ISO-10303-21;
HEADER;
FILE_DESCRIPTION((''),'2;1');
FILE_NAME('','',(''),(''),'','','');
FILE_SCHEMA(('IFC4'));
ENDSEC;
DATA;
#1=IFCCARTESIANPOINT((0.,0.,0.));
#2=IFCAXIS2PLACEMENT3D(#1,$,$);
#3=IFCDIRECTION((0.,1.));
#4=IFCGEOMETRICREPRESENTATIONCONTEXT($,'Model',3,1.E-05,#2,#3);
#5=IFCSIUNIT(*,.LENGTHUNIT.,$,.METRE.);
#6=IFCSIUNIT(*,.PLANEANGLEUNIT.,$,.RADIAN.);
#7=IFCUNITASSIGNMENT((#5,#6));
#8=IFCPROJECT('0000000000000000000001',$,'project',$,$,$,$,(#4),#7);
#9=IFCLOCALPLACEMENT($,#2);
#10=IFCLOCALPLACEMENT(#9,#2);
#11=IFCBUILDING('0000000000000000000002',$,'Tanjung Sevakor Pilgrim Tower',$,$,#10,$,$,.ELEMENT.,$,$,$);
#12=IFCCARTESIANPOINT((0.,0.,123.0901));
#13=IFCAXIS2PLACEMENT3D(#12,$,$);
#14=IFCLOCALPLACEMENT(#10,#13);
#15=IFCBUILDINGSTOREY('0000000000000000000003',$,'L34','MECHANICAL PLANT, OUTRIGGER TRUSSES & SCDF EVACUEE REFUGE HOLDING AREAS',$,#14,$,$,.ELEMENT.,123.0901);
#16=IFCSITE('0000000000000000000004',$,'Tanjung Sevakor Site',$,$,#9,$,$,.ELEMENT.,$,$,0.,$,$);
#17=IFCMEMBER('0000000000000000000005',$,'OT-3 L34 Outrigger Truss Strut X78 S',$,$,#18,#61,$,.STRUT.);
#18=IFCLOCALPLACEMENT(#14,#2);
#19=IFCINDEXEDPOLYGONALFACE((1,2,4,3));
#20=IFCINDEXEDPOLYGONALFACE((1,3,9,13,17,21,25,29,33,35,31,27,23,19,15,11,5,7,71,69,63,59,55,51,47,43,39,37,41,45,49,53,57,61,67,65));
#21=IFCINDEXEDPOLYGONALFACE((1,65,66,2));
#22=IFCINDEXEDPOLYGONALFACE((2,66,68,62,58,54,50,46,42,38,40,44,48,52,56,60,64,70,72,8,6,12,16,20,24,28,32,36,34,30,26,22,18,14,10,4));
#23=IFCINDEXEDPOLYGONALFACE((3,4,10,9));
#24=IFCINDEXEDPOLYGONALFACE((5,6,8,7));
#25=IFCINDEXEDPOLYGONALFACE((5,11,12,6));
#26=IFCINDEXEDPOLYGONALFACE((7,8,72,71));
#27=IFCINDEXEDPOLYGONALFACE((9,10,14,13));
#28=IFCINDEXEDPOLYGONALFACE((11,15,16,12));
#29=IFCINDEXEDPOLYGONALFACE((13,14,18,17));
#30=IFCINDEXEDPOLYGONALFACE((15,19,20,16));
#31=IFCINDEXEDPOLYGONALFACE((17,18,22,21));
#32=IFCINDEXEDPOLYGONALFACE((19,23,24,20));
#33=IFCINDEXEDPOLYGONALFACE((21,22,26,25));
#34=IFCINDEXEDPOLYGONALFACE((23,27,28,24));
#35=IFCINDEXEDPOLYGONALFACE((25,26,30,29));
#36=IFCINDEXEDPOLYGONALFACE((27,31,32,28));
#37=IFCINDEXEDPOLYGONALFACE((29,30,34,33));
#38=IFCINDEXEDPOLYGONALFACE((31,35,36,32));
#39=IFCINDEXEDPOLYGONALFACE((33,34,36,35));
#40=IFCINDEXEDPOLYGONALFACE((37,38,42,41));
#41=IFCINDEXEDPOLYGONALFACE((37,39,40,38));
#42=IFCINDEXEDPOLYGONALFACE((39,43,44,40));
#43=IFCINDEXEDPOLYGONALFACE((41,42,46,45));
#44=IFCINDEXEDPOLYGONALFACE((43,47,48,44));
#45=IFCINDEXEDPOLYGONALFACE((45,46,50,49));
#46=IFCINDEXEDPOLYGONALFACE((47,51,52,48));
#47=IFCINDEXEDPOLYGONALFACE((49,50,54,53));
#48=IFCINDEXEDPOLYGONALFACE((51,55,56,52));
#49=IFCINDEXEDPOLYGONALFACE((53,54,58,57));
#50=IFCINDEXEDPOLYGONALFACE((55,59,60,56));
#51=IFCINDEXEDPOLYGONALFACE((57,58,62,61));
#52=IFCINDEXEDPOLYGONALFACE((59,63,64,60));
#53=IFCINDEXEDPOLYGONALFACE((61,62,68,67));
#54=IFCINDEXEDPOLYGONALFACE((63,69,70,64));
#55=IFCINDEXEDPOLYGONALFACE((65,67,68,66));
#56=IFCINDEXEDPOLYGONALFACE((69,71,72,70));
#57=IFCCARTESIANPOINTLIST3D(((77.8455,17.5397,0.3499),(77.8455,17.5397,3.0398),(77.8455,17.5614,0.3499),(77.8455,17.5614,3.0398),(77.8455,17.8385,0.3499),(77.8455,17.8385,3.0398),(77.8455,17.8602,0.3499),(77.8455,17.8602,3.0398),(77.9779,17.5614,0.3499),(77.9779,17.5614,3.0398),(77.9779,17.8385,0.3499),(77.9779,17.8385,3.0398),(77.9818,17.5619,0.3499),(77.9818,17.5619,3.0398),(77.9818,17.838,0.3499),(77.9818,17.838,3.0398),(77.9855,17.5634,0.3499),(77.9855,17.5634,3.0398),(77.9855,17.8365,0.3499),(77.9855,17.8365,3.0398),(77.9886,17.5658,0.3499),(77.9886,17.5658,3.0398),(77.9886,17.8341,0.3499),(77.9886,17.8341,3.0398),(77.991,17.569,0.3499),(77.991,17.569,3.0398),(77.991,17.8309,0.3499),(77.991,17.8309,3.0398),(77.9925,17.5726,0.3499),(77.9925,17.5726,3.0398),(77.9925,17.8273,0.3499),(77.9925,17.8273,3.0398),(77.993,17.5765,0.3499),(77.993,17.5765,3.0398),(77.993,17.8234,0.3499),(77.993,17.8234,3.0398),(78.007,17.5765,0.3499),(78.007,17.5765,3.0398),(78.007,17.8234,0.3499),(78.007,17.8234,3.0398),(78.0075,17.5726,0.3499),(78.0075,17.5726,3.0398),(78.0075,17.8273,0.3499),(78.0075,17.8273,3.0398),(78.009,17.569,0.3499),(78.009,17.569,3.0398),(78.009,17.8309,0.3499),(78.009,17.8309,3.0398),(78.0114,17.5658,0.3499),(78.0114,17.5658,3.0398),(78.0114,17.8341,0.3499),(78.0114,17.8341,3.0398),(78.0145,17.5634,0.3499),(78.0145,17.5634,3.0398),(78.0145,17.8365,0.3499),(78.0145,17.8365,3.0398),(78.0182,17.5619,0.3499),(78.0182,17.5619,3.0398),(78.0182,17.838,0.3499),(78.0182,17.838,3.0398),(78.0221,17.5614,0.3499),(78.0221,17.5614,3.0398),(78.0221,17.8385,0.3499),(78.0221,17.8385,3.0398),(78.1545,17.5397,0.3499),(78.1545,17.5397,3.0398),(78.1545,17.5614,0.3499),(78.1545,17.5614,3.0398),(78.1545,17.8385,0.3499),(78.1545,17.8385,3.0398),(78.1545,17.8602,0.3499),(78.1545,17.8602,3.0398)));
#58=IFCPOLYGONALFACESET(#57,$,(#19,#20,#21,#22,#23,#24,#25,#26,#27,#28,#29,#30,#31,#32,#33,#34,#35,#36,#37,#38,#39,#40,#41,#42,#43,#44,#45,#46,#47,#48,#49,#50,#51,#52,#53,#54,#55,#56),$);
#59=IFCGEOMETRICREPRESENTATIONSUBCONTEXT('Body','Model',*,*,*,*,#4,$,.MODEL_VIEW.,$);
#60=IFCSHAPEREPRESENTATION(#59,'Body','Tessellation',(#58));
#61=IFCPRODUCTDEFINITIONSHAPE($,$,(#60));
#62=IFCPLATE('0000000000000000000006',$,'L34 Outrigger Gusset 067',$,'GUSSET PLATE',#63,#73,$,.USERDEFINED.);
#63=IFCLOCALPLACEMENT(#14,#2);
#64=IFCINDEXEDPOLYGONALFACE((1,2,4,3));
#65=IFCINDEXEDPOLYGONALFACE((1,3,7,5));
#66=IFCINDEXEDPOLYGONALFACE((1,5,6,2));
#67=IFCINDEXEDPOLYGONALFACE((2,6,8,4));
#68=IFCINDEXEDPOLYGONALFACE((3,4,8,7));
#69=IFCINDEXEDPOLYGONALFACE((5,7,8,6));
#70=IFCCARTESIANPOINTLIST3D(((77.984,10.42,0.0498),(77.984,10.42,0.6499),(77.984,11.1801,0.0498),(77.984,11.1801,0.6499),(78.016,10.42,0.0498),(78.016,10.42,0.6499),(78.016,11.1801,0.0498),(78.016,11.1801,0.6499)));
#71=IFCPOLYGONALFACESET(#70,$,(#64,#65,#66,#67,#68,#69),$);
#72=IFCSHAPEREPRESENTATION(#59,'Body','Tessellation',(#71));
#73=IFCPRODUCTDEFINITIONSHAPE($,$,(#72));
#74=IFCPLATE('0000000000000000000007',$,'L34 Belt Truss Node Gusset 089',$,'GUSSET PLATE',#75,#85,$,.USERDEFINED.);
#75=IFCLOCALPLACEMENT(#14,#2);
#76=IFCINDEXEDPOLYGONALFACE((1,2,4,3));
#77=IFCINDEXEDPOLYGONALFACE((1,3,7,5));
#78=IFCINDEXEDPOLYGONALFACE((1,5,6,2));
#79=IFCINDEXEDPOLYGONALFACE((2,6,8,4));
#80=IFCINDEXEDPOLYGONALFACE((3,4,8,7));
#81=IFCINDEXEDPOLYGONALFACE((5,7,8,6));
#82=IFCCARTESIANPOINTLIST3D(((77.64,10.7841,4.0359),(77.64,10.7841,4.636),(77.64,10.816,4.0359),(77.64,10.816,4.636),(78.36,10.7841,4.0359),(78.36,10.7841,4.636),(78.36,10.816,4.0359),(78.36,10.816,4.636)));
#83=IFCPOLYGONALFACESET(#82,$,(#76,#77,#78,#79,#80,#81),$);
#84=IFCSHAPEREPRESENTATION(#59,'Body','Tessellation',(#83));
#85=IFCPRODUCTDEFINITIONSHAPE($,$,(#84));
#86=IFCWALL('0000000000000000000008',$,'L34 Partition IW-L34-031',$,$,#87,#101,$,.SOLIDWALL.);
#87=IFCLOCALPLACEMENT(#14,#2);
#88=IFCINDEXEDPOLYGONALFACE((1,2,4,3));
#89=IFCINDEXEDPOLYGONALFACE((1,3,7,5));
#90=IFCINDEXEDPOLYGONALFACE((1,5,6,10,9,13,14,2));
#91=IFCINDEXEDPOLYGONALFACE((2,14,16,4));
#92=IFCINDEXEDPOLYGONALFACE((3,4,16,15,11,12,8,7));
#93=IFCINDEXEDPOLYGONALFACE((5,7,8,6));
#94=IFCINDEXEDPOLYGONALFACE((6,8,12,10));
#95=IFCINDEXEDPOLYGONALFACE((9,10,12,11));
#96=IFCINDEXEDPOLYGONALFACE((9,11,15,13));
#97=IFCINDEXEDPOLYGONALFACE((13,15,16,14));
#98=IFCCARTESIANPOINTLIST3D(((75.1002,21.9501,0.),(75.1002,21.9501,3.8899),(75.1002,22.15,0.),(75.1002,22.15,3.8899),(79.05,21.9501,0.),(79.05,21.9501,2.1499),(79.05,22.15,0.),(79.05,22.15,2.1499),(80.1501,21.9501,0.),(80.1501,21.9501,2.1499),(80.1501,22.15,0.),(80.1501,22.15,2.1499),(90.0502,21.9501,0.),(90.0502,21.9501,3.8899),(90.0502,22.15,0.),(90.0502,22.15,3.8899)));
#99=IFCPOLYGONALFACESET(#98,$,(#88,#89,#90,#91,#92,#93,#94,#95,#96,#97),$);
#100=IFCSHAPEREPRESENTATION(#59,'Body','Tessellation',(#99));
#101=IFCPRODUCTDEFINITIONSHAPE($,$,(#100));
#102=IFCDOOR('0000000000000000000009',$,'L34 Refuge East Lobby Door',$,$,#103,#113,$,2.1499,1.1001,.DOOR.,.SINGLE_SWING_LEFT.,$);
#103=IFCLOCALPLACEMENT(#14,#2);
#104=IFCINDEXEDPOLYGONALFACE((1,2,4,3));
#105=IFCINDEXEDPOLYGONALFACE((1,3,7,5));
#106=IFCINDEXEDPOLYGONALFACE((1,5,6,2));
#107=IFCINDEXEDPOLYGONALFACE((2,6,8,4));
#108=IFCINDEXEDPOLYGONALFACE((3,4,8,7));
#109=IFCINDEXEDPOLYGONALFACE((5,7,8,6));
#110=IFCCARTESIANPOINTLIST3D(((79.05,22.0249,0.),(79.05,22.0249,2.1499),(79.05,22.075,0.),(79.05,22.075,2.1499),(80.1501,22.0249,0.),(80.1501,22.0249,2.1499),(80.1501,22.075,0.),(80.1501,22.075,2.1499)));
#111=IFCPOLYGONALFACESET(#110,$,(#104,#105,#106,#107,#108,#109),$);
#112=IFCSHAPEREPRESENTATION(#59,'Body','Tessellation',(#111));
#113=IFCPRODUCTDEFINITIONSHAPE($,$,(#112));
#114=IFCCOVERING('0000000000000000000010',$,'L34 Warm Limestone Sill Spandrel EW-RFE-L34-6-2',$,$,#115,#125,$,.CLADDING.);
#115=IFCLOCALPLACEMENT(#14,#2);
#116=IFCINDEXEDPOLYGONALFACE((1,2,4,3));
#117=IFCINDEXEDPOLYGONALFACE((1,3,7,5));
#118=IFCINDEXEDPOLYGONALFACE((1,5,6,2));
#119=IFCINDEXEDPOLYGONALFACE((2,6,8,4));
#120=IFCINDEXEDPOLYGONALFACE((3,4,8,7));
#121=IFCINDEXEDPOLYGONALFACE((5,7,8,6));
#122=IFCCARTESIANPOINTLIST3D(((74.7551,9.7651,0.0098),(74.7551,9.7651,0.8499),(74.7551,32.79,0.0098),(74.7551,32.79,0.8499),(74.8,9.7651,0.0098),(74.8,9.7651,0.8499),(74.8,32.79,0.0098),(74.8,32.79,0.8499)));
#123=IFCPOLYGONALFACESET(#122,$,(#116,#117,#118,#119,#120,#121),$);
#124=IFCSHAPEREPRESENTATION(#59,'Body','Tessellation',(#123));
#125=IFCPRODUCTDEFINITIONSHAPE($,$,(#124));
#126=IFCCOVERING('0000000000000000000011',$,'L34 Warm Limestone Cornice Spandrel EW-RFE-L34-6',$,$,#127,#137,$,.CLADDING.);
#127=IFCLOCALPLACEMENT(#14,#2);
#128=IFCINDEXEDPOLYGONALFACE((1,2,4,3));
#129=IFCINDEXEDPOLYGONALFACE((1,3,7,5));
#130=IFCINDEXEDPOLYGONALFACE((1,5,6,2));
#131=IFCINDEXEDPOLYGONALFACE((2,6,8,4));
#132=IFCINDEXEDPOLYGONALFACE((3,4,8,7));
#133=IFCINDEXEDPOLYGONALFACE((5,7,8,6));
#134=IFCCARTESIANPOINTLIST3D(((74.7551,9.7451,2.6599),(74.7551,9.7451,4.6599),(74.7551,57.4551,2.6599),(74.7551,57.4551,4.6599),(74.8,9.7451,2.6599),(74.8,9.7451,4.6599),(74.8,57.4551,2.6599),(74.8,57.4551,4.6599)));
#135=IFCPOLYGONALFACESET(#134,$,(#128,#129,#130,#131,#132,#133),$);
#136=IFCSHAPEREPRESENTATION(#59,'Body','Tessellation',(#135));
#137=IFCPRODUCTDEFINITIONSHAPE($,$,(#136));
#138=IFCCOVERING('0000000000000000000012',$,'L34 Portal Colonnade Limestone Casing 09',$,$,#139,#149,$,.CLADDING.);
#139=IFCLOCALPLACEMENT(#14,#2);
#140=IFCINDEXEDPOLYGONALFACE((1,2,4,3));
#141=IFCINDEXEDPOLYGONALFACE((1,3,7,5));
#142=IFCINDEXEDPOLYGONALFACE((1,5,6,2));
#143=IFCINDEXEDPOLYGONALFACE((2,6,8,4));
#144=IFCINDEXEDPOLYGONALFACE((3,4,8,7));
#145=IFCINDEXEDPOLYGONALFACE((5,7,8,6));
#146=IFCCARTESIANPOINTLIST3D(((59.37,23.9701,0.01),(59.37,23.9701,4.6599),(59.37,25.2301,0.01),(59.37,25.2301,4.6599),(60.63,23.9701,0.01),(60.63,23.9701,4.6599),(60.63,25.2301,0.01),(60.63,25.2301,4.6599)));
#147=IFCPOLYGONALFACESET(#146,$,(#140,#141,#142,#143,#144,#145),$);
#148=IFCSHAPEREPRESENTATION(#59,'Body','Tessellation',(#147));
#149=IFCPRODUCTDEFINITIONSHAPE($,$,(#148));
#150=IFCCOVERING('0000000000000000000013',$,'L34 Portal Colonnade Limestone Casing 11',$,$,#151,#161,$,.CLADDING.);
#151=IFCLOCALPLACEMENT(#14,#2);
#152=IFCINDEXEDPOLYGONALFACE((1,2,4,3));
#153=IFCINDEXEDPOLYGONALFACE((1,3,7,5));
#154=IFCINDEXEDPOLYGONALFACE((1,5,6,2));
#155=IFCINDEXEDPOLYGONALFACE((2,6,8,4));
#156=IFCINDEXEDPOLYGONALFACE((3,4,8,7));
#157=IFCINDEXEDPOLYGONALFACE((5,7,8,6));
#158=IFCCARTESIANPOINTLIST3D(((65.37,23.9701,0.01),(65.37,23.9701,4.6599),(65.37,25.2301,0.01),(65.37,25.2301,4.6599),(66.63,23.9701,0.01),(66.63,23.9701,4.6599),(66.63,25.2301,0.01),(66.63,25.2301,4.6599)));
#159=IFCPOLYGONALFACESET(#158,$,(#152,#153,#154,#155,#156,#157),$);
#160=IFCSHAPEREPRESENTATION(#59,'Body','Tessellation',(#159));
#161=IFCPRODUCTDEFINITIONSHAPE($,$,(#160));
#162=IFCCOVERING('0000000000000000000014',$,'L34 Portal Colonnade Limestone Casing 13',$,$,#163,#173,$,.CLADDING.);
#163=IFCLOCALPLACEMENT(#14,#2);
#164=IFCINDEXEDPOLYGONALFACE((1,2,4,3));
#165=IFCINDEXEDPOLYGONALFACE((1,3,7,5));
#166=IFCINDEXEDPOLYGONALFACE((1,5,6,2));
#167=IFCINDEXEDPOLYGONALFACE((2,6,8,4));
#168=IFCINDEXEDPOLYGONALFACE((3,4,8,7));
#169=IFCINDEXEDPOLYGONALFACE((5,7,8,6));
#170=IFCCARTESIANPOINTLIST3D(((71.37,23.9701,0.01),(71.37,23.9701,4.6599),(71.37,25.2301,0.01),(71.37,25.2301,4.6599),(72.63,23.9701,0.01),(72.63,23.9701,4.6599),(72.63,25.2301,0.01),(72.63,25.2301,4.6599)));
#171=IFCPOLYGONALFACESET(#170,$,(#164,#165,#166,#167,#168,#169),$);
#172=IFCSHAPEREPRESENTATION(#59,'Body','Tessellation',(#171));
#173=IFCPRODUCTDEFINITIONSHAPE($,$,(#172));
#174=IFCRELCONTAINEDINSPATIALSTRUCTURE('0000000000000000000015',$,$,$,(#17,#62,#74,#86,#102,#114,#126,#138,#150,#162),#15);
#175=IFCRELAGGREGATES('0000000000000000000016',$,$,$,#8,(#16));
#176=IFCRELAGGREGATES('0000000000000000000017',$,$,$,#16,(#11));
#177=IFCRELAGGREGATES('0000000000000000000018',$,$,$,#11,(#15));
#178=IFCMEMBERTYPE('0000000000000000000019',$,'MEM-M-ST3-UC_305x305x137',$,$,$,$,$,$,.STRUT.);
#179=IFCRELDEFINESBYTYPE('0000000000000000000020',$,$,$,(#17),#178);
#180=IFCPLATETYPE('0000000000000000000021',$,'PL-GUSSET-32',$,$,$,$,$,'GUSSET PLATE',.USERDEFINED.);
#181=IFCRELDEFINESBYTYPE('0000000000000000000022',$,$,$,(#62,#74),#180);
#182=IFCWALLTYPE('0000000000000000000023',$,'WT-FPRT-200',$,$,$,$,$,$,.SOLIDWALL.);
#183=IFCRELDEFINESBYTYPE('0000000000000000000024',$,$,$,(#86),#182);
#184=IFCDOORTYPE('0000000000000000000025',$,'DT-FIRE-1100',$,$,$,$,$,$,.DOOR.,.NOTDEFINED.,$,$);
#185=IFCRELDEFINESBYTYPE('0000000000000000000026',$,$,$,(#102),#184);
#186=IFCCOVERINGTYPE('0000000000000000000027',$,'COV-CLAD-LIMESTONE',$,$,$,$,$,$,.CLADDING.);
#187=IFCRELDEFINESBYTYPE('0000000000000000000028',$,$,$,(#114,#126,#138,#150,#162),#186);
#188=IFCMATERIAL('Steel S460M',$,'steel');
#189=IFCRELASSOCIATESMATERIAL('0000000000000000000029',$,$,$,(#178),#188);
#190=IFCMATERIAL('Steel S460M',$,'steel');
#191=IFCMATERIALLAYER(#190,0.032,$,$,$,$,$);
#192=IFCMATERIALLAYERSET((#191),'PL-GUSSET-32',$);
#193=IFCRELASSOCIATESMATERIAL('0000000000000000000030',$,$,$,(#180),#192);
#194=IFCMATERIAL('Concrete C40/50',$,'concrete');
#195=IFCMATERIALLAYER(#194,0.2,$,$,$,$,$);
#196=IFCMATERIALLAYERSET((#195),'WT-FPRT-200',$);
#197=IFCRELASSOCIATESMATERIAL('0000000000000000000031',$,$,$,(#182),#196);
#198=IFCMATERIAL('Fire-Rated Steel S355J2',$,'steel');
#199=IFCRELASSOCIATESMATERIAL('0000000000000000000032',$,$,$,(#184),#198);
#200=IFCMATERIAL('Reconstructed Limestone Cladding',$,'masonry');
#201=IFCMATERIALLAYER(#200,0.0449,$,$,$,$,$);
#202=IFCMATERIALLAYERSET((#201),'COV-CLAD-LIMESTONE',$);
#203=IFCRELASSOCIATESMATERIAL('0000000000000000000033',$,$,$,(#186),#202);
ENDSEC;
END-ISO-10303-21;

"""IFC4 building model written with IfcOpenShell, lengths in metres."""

from ifc_helpers import new_model, si_unit, direction, frame, frame_2d, origin, origin_2d, place, context, subcontext, project, spatial, rectangle, i_section, extrude, material, layer, layer_set, material_profile, profile_set, type_object, element, fill, save


model = new_model("IFC4")

# Units and contexts
model_context = context("Model", 3, precision=1e-05, world=origin(), true_north=direction((0.0, 1.0)))
body_context = subcontext(model_context, "Body", "Model", "MODEL_VIEW")
ifc_project = project(units=[si_unit("LENGTHUNIT", "METRE"), si_unit("PLANEANGLEUNIT", "RADIAN")], contexts=[model_context])

# Site, building, storey
site_placement = place(None, origin())
site = spatial("IfcSite", under=ifc_project, at=site_placement, Name="Tanjung Sevakor Site", CompositionType="ELEMENT", RefElevation=0.0)
building_placement = place(site_placement, origin())
building = spatial("IfcBuilding", under=site, at=building_placement, Name="Tanjung Sevakor Pilgrim Tower", CompositionType="ELEMENT")
storey_placement = place(building_placement, frame((0.0, 0.0, 123.0901)))
storey = spatial("IfcBuildingStorey", under=building, at=storey_placement, Name="L34", Description="MECHANICAL PLANT, OUTRIGGER TRUSSES & SCDF EVACUEE REFUGE HOLDING AREAS", CompositionType="ELEMENT", Elevation=123.0901)

# Member
ifc_material_1 = material(Name="Steel S460M", Category="steel")
ifc_material_profile_1 = material_profile(ifc_material_1, i_section(OverallWidth=0.3091, OverallDepth=0.3206, WebThickness=0.0139, FlangeThickness=0.0217, FilletRadius=0.0151, at=origin_2d()))
ifc_profile_set_1 = profile_set([ifc_material_profile_1], Name="Steel S460M")
member_type_1 = type_object("IfcMemberType", Name="MEM-M-ST3-UC_305x305x137", PredefinedType="STRUT", material=ifc_profile_set_1)
member_1_placement = place(storey_placement, frame((78.0, 17.7, 0.3499), z_axis=(0.0, 0.0, 1.0), x_axis=(1.0, 0.0, 0.0)))
element("IfcMember", 1, at=member_1_placement, inside=storey, type_object=member_type_1, Name="OT-3 L34 Outrigger Truss Strut X78 S", PredefinedType="STRUT", context=body_context, shape_type="SweptSolid", body=[
    extrude(i_section(OverallWidth=0.3091, OverallDepth=0.3206, WebThickness=0.0139, FlangeThickness=0.0217, FilletRadius=0.0151, at=origin_2d()), origin(), (0.0, 0.0, 1.0), 2.6899),
])

# Plates
ifc_material_2 = material(Name="Steel S460M", Category="steel")
ifc_layer_1 = layer(ifc_material_2, 0.032)
ifc_layer_set_1 = layer_set([ifc_layer_1], Name="PL-GUSSET-32")
plate_type = type_object("IfcPlateType", Name="PL-GUSSET-32", ElementType="GUSSET PLATE", PredefinedType="USERDEFINED", material=ifc_layer_set_1)
plate_1_placement = place(storey_placement, frame((78.0, 10.8, 0.0498), z_axis=(0.0, 0.0, 1.0), x_axis=(1.0, 0.0, 0.0)))
element("IfcPlate", 2, at=plate_1_placement, inside=storey, type_object=plate_type, Name="L34 Outrigger Gusset 067", ObjectType="GUSSET PLATE", PredefinedType="USERDEFINED", context=body_context, shape_type="SweptSolid", body=[
    extrude(rectangle(XDim=0.032, YDim=0.76, at=origin_2d()), origin(), (0.0, 0.0, 1.0), 0.6001),
])
plate_2_placement = place(storey_placement, frame((78.0, 10.8, 4.0359), z_axis=(0.0, 0.0, 1.0), x_axis=(1.0, 0.0, 0.0)))
element("IfcPlate", 3, at=plate_2_placement, inside=storey, type_object=plate_type, Name="L34 Belt Truss Node Gusset 089", ObjectType="GUSSET PLATE", PredefinedType="USERDEFINED", context=body_context, shape_type="SweptSolid", body=[
    extrude(rectangle(XDim=0.72, YDim=0.032, at=origin_2d()), origin(), (0.0, 0.0, 1.0), 0.6001),
])

# Wall, opening, door
ifc_material_3 = material(Name="Concrete C40/50", Category="concrete")
ifc_layer_2 = layer(ifc_material_3, 0.2)
ifc_layer_set_2 = layer_set([ifc_layer_2], Name="WT-FPRT-200")
wall_type = type_object("IfcWallType", Name="WT-FPRT-200", PredefinedType="SOLIDWALL", material=ifc_layer_set_2)
wall_placement = place(storey_placement, frame((75.1001, 22.05, 0.0), z_axis=(0.0, 0.0, 1.0), x_axis=(1.0, 0.0, 0.0)))
wall = element("IfcWall", 4, at=wall_placement, inside=storey, type_object=wall_type, Name="L34 Partition IW-L34-031", PredefinedType="SOLIDWALL", context=body_context, shape_type="SweptSolid", body=[
    extrude(rectangle(XDim=14.95, YDim=0.2, at=frame_2d((7.4751, 0.0))), origin(), (0.0, 0.0, 1.0), 3.8899),
])
opening_placement = place(wall_placement, frame((3.95, 0.0, 0.0)))
opening = element("IfcOpeningElement", 5, at=opening_placement, cuts=wall, PredefinedType="OPENING", context=body_context, shape_type="SweptSolid", body=[
    extrude(rectangle(XDim=1.1001, YDim=2.1499, at=frame_2d((0.55, 1.075))), frame((0.0, 0.1099, 0.0), z_axis=(0.0, -1.0, 0.0), x_axis=(1.0, 0.0, 0.0)), (0.0, 0.0, 1.0), 0.22),
])
ifc_material_4 = material(Name="Fire-Rated Steel S355J2", Category="steel")
door_type = type_object("IfcDoorType", Name="DT-FIRE-1100", OperationType="NOTDEFINED", PredefinedType="DOOR", material=ifc_material_4)
door_placement = place(opening_placement, origin())
door = element("IfcDoor", 6, at=door_placement, inside=storey, type_object=door_type, Name="L34 Refuge East Lobby Door", OperationType="SINGLE_SWING_LEFT", OverallHeight=2.1499, OverallWidth=1.1001, PredefinedType="DOOR", context=body_context, shape_type="SweptSolid", body=[
    extrude(rectangle(XDim=1.1001, YDim=2.1499, at=frame_2d((0.55, 1.075))), frame((0.0, 0.0249, 0.0), z_axis=(0.0, -1.0, 0.0), x_axis=(1.0, 0.0, 0.0)), (0.0, 0.0, 1.0), 0.05),
])
fill(opening, door)

# Coverings
ifc_material_5 = material(Name="Reconstructed Limestone Cladding", Category="masonry")
ifc_layer_3 = layer(ifc_material_5, 0.0449)
ifc_layer_set_3 = layer_set([ifc_layer_3], Name="COV-CLAD-LIMESTONE")
covering_type = type_object("IfcCoveringType", Name="COV-CLAD-LIMESTONE", PredefinedType="CLADDING", material=ifc_layer_set_3)
covering_1_placement = place(storey_placement, frame((74.7776, 21.2776, 0.0098), z_axis=(0.0, 0.0, 1.0), x_axis=(0.0, -1.0, 0.0)))
element("IfcCovering", 7, at=covering_1_placement, inside=storey, type_object=covering_type, Name="L34 Warm Limestone Sill Spandrel EW-RFE-L34-6-2", PredefinedType="CLADDING", context=body_context, shape_type="SweptSolid", body=[
    extrude(rectangle(XDim=23.0249, YDim=0.0449, at=origin_2d()), origin(), (0.0, 0.0, 1.0), 0.8401),
])
covering_2_placement = place(storey_placement, frame((74.7776, 33.6001, 2.6599), z_axis=(0.0, 0.0, 1.0), x_axis=(0.0, -1.0, 0.0)))
element("IfcCovering", 8, at=covering_2_placement, inside=storey, type_object=covering_type, Name="L34 Warm Limestone Cornice Spandrel EW-RFE-L34-6", PredefinedType="CLADDING", context=body_context, shape_type="SweptSolid", body=[
    extrude(rectangle(XDim=47.71, YDim=0.0449, at=origin_2d()), origin(), (0.0, 0.0, 1.0), 2.0),
])
for number, where, z_axis, x_axis, name in (
    (9, (60.0, 24.6001, 0.01), (0.0, 0.0, 1.0), (1.0, 0.0, 0.0), "L34 Portal Colonnade Limestone Casing 09"),
    (10, (66.0, 24.6001, 0.01), (0.0, 0.0, 1.0), (1.0, 0.0, 0.0), "L34 Portal Colonnade Limestone Casing 11"),
    (11, (72.0, 24.6001, 0.01), (0.0, 0.0, 1.0), (1.0, 0.0, 0.0), "L34 Portal Colonnade Limestone Casing 13"),
):
    element("IfcCovering", number, at=place(storey_placement, frame(where, z_axis=z_axis, x_axis=x_axis)), inside=storey, type_object=covering_type, Name=name, PredefinedType="CLADDING", context=body_context, shape_type="SweptSolid", body=[
        extrude(rectangle(XDim=1.26, YDim=1.26, at=origin_2d()), origin(), (0.0, 0.0, 1.0), 4.6499),
    ])

save(model, "model.ifc")
